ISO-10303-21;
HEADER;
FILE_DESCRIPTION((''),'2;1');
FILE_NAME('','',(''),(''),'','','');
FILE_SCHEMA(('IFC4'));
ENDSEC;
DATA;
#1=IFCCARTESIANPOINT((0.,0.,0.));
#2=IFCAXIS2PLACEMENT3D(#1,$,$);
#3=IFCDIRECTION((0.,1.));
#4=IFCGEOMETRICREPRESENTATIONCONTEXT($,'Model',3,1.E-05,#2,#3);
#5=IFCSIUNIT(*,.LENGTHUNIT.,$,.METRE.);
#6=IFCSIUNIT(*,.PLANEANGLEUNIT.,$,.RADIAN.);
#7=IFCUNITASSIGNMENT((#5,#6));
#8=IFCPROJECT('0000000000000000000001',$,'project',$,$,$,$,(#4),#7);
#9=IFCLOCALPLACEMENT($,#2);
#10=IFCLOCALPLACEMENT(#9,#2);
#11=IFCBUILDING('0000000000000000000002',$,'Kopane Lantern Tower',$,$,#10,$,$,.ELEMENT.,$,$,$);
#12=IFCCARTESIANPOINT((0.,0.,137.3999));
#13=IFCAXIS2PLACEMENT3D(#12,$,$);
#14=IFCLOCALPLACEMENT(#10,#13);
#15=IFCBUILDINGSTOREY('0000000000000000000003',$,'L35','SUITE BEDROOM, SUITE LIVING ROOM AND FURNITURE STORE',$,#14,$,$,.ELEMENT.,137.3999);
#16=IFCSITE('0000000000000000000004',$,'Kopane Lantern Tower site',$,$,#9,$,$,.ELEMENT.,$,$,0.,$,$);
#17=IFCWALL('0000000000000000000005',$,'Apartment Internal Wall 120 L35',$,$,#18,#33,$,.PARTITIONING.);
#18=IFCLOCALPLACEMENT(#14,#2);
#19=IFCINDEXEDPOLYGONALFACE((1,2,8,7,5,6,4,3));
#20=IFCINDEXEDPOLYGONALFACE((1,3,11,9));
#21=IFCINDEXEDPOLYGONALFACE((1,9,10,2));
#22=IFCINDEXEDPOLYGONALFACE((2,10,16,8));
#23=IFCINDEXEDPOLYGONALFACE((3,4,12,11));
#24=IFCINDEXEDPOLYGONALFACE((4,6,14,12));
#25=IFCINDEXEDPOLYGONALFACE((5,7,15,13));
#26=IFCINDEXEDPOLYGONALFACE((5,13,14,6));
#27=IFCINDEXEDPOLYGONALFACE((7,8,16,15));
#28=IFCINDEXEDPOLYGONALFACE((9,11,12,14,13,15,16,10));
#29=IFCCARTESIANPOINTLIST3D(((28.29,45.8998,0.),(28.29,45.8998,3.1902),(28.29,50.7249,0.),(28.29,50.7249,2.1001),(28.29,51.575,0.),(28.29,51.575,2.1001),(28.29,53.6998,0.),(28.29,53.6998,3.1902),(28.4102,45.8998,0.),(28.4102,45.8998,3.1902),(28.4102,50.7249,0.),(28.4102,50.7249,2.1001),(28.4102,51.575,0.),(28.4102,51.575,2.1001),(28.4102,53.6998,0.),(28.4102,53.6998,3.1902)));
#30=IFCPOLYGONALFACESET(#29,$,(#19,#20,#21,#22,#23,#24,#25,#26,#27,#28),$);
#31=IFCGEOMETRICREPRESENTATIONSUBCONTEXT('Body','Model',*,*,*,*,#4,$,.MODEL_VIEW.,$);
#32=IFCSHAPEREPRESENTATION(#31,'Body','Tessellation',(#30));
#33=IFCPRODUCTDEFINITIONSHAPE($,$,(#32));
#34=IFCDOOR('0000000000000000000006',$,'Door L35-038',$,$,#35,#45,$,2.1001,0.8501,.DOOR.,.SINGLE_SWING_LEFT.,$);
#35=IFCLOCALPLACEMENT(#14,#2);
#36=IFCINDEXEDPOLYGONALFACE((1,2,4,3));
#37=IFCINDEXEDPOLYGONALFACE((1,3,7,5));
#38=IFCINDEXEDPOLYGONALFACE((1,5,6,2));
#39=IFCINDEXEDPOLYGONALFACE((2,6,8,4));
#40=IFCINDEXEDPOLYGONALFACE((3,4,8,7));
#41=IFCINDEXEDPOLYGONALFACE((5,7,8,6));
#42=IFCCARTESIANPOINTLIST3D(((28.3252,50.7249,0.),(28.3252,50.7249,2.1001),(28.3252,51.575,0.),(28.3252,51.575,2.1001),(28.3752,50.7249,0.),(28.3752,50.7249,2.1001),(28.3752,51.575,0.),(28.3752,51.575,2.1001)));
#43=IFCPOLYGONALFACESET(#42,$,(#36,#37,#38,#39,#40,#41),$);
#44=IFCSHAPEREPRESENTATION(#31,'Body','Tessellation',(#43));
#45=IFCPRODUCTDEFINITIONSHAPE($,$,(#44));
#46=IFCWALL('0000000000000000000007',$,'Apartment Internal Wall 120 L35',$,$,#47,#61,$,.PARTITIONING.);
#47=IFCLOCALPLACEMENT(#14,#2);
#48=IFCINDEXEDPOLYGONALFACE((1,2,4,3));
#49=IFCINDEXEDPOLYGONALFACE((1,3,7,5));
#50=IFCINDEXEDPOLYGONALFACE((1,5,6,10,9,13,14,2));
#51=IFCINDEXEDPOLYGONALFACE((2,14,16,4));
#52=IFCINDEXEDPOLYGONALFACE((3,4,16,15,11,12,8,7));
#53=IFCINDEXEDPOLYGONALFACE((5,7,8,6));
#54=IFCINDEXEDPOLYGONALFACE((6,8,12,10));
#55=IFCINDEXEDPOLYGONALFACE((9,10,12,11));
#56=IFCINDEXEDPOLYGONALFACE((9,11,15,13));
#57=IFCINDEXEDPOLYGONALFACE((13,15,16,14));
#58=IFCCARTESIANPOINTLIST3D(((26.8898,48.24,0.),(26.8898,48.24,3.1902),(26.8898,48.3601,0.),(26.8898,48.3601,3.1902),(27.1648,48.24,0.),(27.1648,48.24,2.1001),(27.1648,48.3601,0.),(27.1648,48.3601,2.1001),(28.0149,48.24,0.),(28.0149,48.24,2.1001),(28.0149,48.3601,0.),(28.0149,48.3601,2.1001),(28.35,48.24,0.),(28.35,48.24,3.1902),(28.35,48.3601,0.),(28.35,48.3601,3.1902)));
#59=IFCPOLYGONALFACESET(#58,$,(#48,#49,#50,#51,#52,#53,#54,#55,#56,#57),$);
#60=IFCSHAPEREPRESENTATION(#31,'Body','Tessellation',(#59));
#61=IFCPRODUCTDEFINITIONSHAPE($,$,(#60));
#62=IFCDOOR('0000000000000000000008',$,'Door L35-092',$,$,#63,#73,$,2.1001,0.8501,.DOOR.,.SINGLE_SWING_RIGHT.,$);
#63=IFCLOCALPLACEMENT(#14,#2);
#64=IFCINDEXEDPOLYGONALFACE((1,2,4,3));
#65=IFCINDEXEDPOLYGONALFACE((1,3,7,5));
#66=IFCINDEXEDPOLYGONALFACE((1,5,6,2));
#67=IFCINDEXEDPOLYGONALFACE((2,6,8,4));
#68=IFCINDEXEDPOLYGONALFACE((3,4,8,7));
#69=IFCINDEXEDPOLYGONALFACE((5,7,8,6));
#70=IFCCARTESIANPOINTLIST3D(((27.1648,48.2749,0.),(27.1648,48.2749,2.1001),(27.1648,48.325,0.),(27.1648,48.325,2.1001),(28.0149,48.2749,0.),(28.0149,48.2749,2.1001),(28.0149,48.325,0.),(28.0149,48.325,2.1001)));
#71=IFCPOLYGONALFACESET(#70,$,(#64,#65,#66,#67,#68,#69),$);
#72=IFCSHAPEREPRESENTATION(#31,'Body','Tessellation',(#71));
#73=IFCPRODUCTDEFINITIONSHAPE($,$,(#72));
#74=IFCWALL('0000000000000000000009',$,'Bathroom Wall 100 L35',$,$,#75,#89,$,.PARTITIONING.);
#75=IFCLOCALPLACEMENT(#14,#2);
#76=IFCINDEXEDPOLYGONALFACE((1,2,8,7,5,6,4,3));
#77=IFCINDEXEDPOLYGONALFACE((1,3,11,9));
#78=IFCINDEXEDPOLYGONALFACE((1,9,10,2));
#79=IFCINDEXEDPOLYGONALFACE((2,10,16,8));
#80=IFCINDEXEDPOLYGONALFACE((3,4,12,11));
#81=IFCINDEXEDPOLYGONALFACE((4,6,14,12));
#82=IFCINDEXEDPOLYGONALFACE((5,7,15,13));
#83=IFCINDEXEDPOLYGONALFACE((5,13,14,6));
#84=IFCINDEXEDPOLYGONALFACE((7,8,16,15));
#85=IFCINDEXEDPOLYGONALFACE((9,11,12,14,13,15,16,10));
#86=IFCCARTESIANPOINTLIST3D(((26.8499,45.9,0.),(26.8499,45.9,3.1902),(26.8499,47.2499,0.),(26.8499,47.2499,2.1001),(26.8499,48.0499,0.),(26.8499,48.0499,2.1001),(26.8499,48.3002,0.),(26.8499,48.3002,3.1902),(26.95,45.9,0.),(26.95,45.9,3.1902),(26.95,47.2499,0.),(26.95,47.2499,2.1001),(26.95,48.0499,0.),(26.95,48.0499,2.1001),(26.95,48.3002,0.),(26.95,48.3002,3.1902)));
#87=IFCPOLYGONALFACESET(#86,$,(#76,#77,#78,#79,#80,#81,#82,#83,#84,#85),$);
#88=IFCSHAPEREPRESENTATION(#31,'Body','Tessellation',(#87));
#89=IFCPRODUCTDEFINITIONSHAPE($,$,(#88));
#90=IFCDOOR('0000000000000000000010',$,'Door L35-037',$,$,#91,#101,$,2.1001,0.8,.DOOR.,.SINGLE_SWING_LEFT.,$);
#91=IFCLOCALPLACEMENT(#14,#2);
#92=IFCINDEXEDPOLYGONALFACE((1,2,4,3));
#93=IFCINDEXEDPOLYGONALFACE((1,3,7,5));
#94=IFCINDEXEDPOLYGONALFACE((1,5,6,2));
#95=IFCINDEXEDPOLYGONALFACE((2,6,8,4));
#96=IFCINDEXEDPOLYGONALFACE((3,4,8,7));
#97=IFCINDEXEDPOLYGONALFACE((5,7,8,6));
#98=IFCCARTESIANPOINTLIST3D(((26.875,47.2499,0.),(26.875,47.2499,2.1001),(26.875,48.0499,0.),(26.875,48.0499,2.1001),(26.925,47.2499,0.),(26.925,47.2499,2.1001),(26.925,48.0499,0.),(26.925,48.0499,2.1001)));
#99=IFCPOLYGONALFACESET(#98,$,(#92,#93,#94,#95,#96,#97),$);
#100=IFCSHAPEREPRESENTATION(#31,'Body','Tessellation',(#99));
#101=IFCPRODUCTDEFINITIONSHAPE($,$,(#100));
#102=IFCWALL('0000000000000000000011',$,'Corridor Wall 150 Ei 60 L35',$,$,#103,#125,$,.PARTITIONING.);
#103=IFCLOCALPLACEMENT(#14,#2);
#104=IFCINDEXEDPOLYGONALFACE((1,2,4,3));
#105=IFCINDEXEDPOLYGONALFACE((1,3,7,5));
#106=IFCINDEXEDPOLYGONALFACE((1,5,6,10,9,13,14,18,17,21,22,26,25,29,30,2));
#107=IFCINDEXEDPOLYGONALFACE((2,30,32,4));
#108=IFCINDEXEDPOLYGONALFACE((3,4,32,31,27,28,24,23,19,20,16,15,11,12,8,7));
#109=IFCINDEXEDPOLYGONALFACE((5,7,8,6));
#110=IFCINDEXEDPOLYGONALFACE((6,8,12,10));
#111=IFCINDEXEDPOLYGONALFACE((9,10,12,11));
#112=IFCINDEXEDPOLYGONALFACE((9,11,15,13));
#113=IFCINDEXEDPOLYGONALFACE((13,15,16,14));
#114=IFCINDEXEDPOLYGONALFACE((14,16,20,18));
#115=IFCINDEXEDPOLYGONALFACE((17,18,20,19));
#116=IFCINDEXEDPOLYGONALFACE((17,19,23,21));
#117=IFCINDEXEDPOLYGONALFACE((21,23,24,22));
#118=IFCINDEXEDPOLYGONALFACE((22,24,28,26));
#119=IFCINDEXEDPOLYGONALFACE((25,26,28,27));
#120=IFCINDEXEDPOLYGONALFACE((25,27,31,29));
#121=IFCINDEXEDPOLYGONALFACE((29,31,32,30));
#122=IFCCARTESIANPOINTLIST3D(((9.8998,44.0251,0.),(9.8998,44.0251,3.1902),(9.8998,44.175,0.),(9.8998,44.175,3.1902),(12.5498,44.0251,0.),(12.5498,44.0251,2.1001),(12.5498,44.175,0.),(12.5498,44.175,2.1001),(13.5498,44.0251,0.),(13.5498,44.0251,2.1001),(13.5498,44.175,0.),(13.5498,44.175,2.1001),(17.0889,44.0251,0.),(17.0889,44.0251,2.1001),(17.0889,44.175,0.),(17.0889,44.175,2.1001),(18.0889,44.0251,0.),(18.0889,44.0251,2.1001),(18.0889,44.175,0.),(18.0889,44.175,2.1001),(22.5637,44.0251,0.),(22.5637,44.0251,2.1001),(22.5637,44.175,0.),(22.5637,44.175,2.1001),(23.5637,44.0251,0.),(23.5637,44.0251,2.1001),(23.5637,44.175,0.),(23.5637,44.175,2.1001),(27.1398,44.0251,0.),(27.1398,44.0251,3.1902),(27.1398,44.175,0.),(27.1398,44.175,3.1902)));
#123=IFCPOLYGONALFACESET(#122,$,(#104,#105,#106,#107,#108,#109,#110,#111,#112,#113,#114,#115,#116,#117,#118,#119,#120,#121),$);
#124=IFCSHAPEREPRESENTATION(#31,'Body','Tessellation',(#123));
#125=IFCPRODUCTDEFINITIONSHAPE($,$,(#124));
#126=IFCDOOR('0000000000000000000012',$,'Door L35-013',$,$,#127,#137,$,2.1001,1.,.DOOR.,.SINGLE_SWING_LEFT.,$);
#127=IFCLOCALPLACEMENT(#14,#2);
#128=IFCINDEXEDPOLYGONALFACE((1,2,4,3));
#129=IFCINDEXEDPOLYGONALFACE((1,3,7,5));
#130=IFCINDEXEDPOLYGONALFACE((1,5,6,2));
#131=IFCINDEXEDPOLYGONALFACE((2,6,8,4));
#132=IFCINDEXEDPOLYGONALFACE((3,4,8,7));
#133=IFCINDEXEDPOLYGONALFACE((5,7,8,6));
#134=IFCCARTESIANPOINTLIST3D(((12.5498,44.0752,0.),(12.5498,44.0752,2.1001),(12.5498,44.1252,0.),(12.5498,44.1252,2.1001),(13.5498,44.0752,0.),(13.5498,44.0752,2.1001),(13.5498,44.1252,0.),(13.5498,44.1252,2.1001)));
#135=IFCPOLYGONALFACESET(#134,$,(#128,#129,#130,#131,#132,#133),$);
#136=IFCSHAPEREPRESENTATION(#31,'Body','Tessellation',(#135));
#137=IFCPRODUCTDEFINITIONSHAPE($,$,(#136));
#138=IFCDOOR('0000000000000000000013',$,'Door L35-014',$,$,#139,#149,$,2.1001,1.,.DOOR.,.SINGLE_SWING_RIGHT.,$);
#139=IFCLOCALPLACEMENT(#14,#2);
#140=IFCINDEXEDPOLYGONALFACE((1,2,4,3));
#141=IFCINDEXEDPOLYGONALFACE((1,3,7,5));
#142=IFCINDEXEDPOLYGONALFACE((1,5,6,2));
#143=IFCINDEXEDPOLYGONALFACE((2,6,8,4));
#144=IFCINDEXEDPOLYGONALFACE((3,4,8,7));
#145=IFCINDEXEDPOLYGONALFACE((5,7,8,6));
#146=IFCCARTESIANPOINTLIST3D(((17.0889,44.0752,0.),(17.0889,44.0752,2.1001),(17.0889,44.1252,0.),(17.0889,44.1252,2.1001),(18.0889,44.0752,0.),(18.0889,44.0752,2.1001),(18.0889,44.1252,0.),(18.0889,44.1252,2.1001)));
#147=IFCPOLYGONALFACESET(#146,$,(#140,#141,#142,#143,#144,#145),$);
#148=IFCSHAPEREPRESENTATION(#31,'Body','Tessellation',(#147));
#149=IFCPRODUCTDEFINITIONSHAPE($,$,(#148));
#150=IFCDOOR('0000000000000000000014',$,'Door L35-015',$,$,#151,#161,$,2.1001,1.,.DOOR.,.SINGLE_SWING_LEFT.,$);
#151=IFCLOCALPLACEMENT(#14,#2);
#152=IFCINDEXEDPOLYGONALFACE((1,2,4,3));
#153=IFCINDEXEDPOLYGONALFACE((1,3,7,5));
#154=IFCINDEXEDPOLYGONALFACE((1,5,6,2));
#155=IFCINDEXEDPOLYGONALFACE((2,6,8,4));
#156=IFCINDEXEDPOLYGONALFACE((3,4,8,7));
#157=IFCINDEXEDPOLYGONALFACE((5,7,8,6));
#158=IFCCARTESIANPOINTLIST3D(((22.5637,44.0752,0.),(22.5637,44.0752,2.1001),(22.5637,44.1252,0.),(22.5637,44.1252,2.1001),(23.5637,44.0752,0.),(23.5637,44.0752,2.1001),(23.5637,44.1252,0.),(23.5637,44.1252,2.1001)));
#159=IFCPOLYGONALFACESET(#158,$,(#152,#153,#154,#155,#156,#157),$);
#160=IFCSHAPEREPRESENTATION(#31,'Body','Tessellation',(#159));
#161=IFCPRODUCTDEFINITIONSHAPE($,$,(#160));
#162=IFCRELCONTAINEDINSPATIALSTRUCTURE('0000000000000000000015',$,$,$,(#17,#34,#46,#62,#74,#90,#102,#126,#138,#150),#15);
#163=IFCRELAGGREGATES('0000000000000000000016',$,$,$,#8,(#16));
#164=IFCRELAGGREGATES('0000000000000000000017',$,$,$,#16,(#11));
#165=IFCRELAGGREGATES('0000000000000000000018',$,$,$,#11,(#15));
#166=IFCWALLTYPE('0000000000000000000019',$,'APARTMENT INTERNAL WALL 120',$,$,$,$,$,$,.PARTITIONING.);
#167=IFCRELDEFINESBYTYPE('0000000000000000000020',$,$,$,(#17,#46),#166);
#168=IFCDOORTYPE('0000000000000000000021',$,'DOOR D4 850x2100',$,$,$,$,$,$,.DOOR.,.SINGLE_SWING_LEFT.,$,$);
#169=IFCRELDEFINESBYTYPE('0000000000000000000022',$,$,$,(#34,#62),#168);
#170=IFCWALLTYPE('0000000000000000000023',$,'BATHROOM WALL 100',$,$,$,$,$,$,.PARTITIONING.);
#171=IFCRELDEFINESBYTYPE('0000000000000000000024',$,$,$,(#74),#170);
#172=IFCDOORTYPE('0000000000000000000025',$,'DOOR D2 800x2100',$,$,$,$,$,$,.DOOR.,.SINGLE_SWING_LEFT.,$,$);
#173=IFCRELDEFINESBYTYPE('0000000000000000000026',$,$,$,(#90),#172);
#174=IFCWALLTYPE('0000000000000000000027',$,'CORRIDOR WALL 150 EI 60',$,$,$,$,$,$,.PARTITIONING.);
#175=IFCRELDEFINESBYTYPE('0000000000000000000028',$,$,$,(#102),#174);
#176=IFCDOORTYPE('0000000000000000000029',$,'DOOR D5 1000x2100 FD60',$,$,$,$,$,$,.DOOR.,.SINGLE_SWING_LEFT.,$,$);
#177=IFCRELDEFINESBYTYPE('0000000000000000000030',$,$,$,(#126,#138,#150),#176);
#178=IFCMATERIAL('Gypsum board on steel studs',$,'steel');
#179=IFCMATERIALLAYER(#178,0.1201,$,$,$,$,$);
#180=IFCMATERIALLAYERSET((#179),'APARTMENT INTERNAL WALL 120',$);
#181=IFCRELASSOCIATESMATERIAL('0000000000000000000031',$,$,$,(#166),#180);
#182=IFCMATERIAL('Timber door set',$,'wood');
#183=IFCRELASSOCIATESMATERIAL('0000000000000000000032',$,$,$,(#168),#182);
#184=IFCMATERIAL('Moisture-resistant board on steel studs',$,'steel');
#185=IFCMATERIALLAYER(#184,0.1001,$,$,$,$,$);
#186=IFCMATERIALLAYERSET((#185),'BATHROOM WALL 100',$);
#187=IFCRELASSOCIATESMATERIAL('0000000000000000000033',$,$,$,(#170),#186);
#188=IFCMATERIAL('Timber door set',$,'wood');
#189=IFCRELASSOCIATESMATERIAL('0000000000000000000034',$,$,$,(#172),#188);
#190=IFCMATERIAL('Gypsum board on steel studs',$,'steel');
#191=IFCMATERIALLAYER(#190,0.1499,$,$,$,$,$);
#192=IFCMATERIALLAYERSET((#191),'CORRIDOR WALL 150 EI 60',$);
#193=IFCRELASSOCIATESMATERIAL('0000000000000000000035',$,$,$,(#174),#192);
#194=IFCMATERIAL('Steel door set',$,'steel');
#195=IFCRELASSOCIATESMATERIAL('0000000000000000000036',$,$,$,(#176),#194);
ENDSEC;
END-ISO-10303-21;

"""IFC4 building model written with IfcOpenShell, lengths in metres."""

from ifc_helpers import new_model, si_unit, direction, frame, frame_2d, origin, place, context, subcontext, project, spatial, rectangle, extrude, material, layer, layer_set, type_object, element, fill, save


model = new_model("IFC4")

# Units and contexts
model_context = context("Model", 3, precision=1e-05, world=origin(), true_north=direction((0.0, 1.0)))
body_context = subcontext(model_context, "Body", "Model", "MODEL_VIEW")
ifc_project = project(units=[si_unit("LENGTHUNIT", "METRE"), si_unit("PLANEANGLEUNIT", "RADIAN")], contexts=[model_context])

# Site, building, storey
site_placement = place(None, origin())
site = spatial("IfcSite", under=ifc_project, at=site_placement, Name="Kopane Lantern Tower site", CompositionType="ELEMENT", RefElevation=0.0)
building_placement = place(site_placement, origin())
building = spatial("IfcBuilding", under=site, at=building_placement, Name="Kopane Lantern Tower", CompositionType="ELEMENT")
storey_placement = place(building_placement, frame((0.0, 0.0, 137.3999)))
storey = spatial("IfcBuildingStorey", under=building, at=storey_placement, Name="L35", Description="SUITE BEDROOM, SUITE LIVING ROOM AND FURNITURE STORE", CompositionType="ELEMENT", Elevation=137.3999)

# Walls, openings, doors
ifc_material_1 = material(Name="Gypsum board on steel studs", Category="steel")
ifc_layer_1 = layer(ifc_material_1, 0.1201)
ifc_layer_set_1 = layer_set([ifc_layer_1], Name="APARTMENT INTERNAL WALL 120")
wall_type_1 = type_object("IfcWallType", Name="APARTMENT INTERNAL WALL 120", PredefinedType="PARTITIONING", material=ifc_layer_set_1)
wall_1_placement = place(storey_placement, frame((28.3501, 45.8999, 0.0), z_axis=(0.0, 0.0, 1.0), x_axis=(0.0, 1.0, 0.0)))
wall_1 = element("IfcWall", 1, at=wall_1_placement, inside=storey, type_object=wall_type_1, Name="Apartment Internal Wall 120 L35", PredefinedType="PARTITIONING", context=body_context, shape_type="SweptSolid", body=[
    extrude(rectangle(XDim=7.8, YDim=0.1201, at=frame_2d((3.8999, 0.0))), origin(), (0.0, 0.0, 1.0), 3.1902),
])
opening_1_placement = place(wall_1_placement, frame((4.825, 0.0, 0.0)))
opening_1 = element("IfcOpeningElement", 2, at=opening_1_placement, cuts=wall_1, PredefinedType="OPENING", context=body_context, shape_type="SweptSolid", body=[
    extrude(rectangle(XDim=0.8501, YDim=2.1001, at=frame_2d((0.425, 1.05))), frame((0.0, 0.0701, 0.0), z_axis=(0.0, -1.0, 0.0), x_axis=(1.0, 0.0, 0.0)), (0.0, 0.0, 1.0), 0.1401),
])
ifc_material_2 = material(Name="Timber door set", Category="wood")
door_type_1 = type_object("IfcDoorType", Name="DOOR D4 850x2100", OperationType="SINGLE_SWING_LEFT", PredefinedType="DOOR", material=ifc_material_2)
door_1_placement = place(opening_1_placement, origin())
door_1 = element("IfcDoor", 3, at=door_1_placement, inside=storey, type_object=door_type_1, Name="Door L35-038", OperationType="SINGLE_SWING_LEFT", OverallHeight=2.1001, OverallWidth=0.8501, PredefinedType="DOOR", context=body_context, shape_type="SweptSolid", body=[
    extrude(rectangle(XDim=0.8501, YDim=2.1001, at=frame_2d((0.425, 1.05))), frame((0.0, 0.0249, 0.0), z_axis=(0.0, -1.0, 0.0), x_axis=(1.0, 0.0, 0.0)), (0.0, 0.0, 1.0), 0.05),
])
fill(opening_1, door_1)
wall_2_placement = place(storey_placement, frame((26.8899, 48.3, 0.0), z_axis=(0.0, 0.0, 1.0), x_axis=(1.0, 0.0, 0.0)))
wall_2 = element("IfcWall", 4, at=wall_2_placement, inside=storey, type_object=wall_type_1, Name="Apartment Internal Wall 120 L35", PredefinedType="PARTITIONING", context=body_context, shape_type="SweptSolid", body=[
    extrude(rectangle(XDim=1.4602, YDim=0.1201, at=frame_2d((0.73, 0.0))), origin(), (0.0, 0.0, 1.0), 3.1902),
])
opening_2_placement = place(wall_2_placement, frame((0.2749, 0.0, 0.0)))
opening_2 = element("IfcOpeningElement", 5, at=opening_2_placement, cuts=wall_2, PredefinedType="OPENING", context=body_context, shape_type="SweptSolid", body=[
    extrude(rectangle(XDim=0.8501, YDim=2.1001, at=frame_2d((0.425, 1.05))), frame((0.0, 0.0701, 0.0), z_axis=(0.0, -1.0, 0.0), x_axis=(1.0, 0.0, 0.0)), (0.0, 0.0, 1.0), 0.1401),
])
door_2_placement = place(opening_2_placement, origin())
door_2 = element("IfcDoor", 6, at=door_2_placement, inside=storey, type_object=door_type_1, Name="Door L35-092", OperationType="SINGLE_SWING_RIGHT", OverallHeight=2.1001, OverallWidth=0.8501, PredefinedType="DOOR", context=body_context, shape_type="SweptSolid", body=[
    extrude(rectangle(XDim=0.8501, YDim=2.1001, at=frame_2d((0.425, 1.05))), frame((0.0, 0.0249, 0.0), z_axis=(0.0, -1.0, 0.0), x_axis=(1.0, 0.0, 0.0)), (0.0, 0.0, 1.0), 0.05),
])
fill(opening_2, door_2)
ifc_material_3 = material(Name="Moisture-resistant board on steel studs", Category="steel")
ifc_layer_2 = layer(ifc_material_3, 0.1001)
ifc_layer_set_2 = layer_set([ifc_layer_2], Name="BATHROOM WALL 100")
wall_type_2 = type_object("IfcWallType", Name="BATHROOM WALL 100", PredefinedType="PARTITIONING", material=ifc_layer_set_2)
wall_3_placement = place(storey_placement, frame((26.8999, 45.8999, 0.0), z_axis=(0.0, 0.0, 1.0), x_axis=(0.0, 1.0, 0.0)))
wall_3 = element("IfcWall", 7, at=wall_3_placement, inside=storey, type_object=wall_type_2, Name="Bathroom Wall 100 L35", PredefinedType="PARTITIONING", context=body_context, shape_type="SweptSolid", body=[
    extrude(rectangle(XDim=2.4001, YDim=0.1001, at=frame_2d((1.2002, 0.0))), origin(), (0.0, 0.0, 1.0), 3.1902),
])
opening_3_placement = place(wall_3_placement, frame((1.3501, 0.0, 0.0)))
opening_3 = element("IfcOpeningElement", 8, at=opening_3_placement, cuts=wall_3, PredefinedType="OPENING", context=body_context, shape_type="SweptSolid", body=[
    extrude(rectangle(XDim=0.8, YDim=2.1001, at=frame_2d((0.3999, 1.05))), frame((0.0, 0.0601, 0.0), z_axis=(0.0, -1.0, 0.0), x_axis=(1.0, 0.0, 0.0)), (0.0, 0.0, 1.0), 0.1201),
])
ifc_material_4 = material(Name="Timber door set", Category="wood")
door_type_2 = type_object("IfcDoorType", Name="DOOR D2 800x2100", OperationType="SINGLE_SWING_LEFT", PredefinedType="DOOR", material=ifc_material_4)
door_3_placement = place(opening_3_placement, origin())
door_3 = element("IfcDoor", 9, at=door_3_placement, inside=storey, type_object=door_type_2, Name="Door L35-037", OperationType="SINGLE_SWING_LEFT", OverallHeight=2.1001, OverallWidth=0.8, PredefinedType="DOOR", context=body_context, shape_type="SweptSolid", body=[
    extrude(rectangle(XDim=0.8, YDim=2.1001, at=frame_2d((0.3999, 1.05))), frame((0.0, 0.0249, 0.0), z_axis=(0.0, -1.0, 0.0), x_axis=(1.0, 0.0, 0.0)), (0.0, 0.0, 1.0), 0.05),
])
fill(opening_3, door_3)

# Wall, openings, doors
ifc_material_5 = material(Name="Gypsum board on steel studs", Category="steel")
ifc_layer_3 = layer(ifc_material_5, 0.1499)
ifc_layer_set_3 = layer_set([ifc_layer_3], Name="CORRIDOR WALL 150 EI 60")
wall_type_3 = type_object("IfcWallType", Name="CORRIDOR WALL 150 EI 60", PredefinedType="PARTITIONING", material=ifc_layer_set_3)
wall_4_placement = place(storey_placement, frame((27.1399, 44.1001, 0.0), z_axis=(0.0, 0.0, 1.0), x_axis=(-1.0, 0.0, 0.0)))
wall_4 = element("IfcWall", 10, at=wall_4_placement, inside=storey, type_object=wall_type_3, Name="Corridor Wall 150 Ei 60 L35", PredefinedType="PARTITIONING", context=body_context, shape_type="SweptSolid", body=[
    extrude(rectangle(XDim=17.24, YDim=0.1499, at=frame_2d((8.6201, 0.0))), origin(), (0.0, 0.0, 1.0), 3.1902),
])
opening_4_placement = place(wall_4_placement, frame((13.5901, 0.0, 0.0)))
opening_4 = element("IfcOpeningElement", 11, at=opening_4_placement, cuts=wall_4, PredefinedType="OPENING", context=body_context, shape_type="SweptSolid", body=[
    extrude(rectangle(XDim=1.0, YDim=2.1001, at=frame_2d((0.5, 1.05))), frame((0.0, 0.085, 0.0), z_axis=(0.0, -1.0, 0.0), x_axis=(1.0, 0.0, 0.0)), (0.0, 0.0, 1.0), 0.1699),
])
opening_5_placement = place(wall_4_placement, frame((9.051, 0.0, 0.0)))
opening_5 = element("IfcOpeningElement", 12, at=opening_5_placement, cuts=wall_4, PredefinedType="OPENING", context=body_context, shape_type="SweptSolid", body=[
    extrude(rectangle(XDim=1.0, YDim=2.1001, at=frame_2d((0.5, 1.05))), frame((0.0, 0.085, 0.0), z_axis=(0.0, -1.0, 0.0), x_axis=(1.0, 0.0, 0.0)), (0.0, 0.0, 1.0), 0.1699),
])
opening_6_placement = place(wall_4_placement, frame((3.5762, 0.0, 0.0)))
opening_6 = element("IfcOpeningElement", 13, at=opening_6_placement, cuts=wall_4, PredefinedType="OPENING", context=body_context, shape_type="SweptSolid", body=[
    extrude(rectangle(XDim=1.0, YDim=2.1001, at=frame_2d((0.5, 1.05))), frame((0.0, 0.085, 0.0), z_axis=(0.0, -1.0, 0.0), x_axis=(1.0, 0.0, 0.0)), (0.0, 0.0, 1.0), 0.1699),
])
ifc_material_6 = material(Name="Steel door set", Category="steel")
door_type_3 = type_object("IfcDoorType", Name="DOOR D5 1000x2100 FD60", OperationType="SINGLE_SWING_LEFT", PredefinedType="DOOR", material=ifc_material_6)
door_4_placement = place(opening_4_placement, origin())
door_4 = element("IfcDoor", 14, at=door_4_placement, inside=storey, type_object=door_type_3, Name="Door L35-013", OperationType="SINGLE_SWING_LEFT", OverallHeight=2.1001, OverallWidth=1.0, PredefinedType="DOOR", context=body_context, shape_type="SweptSolid", body=[
    extrude(rectangle(XDim=1.0, YDim=2.1001, at=frame_2d((0.5, 1.05))), frame((0.0, 0.0249, 0.0), z_axis=(0.0, -1.0, 0.0), x_axis=(1.0, 0.0, 0.0)), (0.0, 0.0, 1.0), 0.05),
])
fill(opening_4, door_4)
door_5_placement = place(opening_5_placement, origin())
door_5 = element("IfcDoor", 15, at=door_5_placement, inside=storey, type_object=door_type_3, Name="Door L35-014", OperationType="SINGLE_SWING_RIGHT", OverallHeight=2.1001, OverallWidth=1.0, PredefinedType="DOOR", context=body_context, shape_type="SweptSolid", body=[
    extrude(rectangle(XDim=1.0, YDim=2.1001, at=frame_2d((0.5, 1.05))), frame((0.0, 0.0249, 0.0), z_axis=(0.0, -1.0, 0.0), x_axis=(1.0, 0.0, 0.0)), (0.0, 0.0, 1.0), 0.05),
])
fill(opening_5, door_5)
door_6_placement = place(opening_6_placement, origin())
door_6 = element("IfcDoor", 16, at=door_6_placement, inside=storey, type_object=door_type_3, Name="Door L35-015", OperationType="SINGLE_SWING_LEFT", OverallHeight=2.1001, OverallWidth=1.0, PredefinedType="DOOR", context=body_context, shape_type="SweptSolid", body=[
    extrude(rectangle(XDim=1.0, YDim=2.1001, at=frame_2d((0.5, 1.05))), frame((0.0, 0.0249, 0.0), z_axis=(0.0, -1.0, 0.0), x_axis=(1.0, 0.0, 0.0)), (0.0, 0.0, 1.0), 0.05),
])
fill(opening_6, door_6)

save(model, "model.ifc")
